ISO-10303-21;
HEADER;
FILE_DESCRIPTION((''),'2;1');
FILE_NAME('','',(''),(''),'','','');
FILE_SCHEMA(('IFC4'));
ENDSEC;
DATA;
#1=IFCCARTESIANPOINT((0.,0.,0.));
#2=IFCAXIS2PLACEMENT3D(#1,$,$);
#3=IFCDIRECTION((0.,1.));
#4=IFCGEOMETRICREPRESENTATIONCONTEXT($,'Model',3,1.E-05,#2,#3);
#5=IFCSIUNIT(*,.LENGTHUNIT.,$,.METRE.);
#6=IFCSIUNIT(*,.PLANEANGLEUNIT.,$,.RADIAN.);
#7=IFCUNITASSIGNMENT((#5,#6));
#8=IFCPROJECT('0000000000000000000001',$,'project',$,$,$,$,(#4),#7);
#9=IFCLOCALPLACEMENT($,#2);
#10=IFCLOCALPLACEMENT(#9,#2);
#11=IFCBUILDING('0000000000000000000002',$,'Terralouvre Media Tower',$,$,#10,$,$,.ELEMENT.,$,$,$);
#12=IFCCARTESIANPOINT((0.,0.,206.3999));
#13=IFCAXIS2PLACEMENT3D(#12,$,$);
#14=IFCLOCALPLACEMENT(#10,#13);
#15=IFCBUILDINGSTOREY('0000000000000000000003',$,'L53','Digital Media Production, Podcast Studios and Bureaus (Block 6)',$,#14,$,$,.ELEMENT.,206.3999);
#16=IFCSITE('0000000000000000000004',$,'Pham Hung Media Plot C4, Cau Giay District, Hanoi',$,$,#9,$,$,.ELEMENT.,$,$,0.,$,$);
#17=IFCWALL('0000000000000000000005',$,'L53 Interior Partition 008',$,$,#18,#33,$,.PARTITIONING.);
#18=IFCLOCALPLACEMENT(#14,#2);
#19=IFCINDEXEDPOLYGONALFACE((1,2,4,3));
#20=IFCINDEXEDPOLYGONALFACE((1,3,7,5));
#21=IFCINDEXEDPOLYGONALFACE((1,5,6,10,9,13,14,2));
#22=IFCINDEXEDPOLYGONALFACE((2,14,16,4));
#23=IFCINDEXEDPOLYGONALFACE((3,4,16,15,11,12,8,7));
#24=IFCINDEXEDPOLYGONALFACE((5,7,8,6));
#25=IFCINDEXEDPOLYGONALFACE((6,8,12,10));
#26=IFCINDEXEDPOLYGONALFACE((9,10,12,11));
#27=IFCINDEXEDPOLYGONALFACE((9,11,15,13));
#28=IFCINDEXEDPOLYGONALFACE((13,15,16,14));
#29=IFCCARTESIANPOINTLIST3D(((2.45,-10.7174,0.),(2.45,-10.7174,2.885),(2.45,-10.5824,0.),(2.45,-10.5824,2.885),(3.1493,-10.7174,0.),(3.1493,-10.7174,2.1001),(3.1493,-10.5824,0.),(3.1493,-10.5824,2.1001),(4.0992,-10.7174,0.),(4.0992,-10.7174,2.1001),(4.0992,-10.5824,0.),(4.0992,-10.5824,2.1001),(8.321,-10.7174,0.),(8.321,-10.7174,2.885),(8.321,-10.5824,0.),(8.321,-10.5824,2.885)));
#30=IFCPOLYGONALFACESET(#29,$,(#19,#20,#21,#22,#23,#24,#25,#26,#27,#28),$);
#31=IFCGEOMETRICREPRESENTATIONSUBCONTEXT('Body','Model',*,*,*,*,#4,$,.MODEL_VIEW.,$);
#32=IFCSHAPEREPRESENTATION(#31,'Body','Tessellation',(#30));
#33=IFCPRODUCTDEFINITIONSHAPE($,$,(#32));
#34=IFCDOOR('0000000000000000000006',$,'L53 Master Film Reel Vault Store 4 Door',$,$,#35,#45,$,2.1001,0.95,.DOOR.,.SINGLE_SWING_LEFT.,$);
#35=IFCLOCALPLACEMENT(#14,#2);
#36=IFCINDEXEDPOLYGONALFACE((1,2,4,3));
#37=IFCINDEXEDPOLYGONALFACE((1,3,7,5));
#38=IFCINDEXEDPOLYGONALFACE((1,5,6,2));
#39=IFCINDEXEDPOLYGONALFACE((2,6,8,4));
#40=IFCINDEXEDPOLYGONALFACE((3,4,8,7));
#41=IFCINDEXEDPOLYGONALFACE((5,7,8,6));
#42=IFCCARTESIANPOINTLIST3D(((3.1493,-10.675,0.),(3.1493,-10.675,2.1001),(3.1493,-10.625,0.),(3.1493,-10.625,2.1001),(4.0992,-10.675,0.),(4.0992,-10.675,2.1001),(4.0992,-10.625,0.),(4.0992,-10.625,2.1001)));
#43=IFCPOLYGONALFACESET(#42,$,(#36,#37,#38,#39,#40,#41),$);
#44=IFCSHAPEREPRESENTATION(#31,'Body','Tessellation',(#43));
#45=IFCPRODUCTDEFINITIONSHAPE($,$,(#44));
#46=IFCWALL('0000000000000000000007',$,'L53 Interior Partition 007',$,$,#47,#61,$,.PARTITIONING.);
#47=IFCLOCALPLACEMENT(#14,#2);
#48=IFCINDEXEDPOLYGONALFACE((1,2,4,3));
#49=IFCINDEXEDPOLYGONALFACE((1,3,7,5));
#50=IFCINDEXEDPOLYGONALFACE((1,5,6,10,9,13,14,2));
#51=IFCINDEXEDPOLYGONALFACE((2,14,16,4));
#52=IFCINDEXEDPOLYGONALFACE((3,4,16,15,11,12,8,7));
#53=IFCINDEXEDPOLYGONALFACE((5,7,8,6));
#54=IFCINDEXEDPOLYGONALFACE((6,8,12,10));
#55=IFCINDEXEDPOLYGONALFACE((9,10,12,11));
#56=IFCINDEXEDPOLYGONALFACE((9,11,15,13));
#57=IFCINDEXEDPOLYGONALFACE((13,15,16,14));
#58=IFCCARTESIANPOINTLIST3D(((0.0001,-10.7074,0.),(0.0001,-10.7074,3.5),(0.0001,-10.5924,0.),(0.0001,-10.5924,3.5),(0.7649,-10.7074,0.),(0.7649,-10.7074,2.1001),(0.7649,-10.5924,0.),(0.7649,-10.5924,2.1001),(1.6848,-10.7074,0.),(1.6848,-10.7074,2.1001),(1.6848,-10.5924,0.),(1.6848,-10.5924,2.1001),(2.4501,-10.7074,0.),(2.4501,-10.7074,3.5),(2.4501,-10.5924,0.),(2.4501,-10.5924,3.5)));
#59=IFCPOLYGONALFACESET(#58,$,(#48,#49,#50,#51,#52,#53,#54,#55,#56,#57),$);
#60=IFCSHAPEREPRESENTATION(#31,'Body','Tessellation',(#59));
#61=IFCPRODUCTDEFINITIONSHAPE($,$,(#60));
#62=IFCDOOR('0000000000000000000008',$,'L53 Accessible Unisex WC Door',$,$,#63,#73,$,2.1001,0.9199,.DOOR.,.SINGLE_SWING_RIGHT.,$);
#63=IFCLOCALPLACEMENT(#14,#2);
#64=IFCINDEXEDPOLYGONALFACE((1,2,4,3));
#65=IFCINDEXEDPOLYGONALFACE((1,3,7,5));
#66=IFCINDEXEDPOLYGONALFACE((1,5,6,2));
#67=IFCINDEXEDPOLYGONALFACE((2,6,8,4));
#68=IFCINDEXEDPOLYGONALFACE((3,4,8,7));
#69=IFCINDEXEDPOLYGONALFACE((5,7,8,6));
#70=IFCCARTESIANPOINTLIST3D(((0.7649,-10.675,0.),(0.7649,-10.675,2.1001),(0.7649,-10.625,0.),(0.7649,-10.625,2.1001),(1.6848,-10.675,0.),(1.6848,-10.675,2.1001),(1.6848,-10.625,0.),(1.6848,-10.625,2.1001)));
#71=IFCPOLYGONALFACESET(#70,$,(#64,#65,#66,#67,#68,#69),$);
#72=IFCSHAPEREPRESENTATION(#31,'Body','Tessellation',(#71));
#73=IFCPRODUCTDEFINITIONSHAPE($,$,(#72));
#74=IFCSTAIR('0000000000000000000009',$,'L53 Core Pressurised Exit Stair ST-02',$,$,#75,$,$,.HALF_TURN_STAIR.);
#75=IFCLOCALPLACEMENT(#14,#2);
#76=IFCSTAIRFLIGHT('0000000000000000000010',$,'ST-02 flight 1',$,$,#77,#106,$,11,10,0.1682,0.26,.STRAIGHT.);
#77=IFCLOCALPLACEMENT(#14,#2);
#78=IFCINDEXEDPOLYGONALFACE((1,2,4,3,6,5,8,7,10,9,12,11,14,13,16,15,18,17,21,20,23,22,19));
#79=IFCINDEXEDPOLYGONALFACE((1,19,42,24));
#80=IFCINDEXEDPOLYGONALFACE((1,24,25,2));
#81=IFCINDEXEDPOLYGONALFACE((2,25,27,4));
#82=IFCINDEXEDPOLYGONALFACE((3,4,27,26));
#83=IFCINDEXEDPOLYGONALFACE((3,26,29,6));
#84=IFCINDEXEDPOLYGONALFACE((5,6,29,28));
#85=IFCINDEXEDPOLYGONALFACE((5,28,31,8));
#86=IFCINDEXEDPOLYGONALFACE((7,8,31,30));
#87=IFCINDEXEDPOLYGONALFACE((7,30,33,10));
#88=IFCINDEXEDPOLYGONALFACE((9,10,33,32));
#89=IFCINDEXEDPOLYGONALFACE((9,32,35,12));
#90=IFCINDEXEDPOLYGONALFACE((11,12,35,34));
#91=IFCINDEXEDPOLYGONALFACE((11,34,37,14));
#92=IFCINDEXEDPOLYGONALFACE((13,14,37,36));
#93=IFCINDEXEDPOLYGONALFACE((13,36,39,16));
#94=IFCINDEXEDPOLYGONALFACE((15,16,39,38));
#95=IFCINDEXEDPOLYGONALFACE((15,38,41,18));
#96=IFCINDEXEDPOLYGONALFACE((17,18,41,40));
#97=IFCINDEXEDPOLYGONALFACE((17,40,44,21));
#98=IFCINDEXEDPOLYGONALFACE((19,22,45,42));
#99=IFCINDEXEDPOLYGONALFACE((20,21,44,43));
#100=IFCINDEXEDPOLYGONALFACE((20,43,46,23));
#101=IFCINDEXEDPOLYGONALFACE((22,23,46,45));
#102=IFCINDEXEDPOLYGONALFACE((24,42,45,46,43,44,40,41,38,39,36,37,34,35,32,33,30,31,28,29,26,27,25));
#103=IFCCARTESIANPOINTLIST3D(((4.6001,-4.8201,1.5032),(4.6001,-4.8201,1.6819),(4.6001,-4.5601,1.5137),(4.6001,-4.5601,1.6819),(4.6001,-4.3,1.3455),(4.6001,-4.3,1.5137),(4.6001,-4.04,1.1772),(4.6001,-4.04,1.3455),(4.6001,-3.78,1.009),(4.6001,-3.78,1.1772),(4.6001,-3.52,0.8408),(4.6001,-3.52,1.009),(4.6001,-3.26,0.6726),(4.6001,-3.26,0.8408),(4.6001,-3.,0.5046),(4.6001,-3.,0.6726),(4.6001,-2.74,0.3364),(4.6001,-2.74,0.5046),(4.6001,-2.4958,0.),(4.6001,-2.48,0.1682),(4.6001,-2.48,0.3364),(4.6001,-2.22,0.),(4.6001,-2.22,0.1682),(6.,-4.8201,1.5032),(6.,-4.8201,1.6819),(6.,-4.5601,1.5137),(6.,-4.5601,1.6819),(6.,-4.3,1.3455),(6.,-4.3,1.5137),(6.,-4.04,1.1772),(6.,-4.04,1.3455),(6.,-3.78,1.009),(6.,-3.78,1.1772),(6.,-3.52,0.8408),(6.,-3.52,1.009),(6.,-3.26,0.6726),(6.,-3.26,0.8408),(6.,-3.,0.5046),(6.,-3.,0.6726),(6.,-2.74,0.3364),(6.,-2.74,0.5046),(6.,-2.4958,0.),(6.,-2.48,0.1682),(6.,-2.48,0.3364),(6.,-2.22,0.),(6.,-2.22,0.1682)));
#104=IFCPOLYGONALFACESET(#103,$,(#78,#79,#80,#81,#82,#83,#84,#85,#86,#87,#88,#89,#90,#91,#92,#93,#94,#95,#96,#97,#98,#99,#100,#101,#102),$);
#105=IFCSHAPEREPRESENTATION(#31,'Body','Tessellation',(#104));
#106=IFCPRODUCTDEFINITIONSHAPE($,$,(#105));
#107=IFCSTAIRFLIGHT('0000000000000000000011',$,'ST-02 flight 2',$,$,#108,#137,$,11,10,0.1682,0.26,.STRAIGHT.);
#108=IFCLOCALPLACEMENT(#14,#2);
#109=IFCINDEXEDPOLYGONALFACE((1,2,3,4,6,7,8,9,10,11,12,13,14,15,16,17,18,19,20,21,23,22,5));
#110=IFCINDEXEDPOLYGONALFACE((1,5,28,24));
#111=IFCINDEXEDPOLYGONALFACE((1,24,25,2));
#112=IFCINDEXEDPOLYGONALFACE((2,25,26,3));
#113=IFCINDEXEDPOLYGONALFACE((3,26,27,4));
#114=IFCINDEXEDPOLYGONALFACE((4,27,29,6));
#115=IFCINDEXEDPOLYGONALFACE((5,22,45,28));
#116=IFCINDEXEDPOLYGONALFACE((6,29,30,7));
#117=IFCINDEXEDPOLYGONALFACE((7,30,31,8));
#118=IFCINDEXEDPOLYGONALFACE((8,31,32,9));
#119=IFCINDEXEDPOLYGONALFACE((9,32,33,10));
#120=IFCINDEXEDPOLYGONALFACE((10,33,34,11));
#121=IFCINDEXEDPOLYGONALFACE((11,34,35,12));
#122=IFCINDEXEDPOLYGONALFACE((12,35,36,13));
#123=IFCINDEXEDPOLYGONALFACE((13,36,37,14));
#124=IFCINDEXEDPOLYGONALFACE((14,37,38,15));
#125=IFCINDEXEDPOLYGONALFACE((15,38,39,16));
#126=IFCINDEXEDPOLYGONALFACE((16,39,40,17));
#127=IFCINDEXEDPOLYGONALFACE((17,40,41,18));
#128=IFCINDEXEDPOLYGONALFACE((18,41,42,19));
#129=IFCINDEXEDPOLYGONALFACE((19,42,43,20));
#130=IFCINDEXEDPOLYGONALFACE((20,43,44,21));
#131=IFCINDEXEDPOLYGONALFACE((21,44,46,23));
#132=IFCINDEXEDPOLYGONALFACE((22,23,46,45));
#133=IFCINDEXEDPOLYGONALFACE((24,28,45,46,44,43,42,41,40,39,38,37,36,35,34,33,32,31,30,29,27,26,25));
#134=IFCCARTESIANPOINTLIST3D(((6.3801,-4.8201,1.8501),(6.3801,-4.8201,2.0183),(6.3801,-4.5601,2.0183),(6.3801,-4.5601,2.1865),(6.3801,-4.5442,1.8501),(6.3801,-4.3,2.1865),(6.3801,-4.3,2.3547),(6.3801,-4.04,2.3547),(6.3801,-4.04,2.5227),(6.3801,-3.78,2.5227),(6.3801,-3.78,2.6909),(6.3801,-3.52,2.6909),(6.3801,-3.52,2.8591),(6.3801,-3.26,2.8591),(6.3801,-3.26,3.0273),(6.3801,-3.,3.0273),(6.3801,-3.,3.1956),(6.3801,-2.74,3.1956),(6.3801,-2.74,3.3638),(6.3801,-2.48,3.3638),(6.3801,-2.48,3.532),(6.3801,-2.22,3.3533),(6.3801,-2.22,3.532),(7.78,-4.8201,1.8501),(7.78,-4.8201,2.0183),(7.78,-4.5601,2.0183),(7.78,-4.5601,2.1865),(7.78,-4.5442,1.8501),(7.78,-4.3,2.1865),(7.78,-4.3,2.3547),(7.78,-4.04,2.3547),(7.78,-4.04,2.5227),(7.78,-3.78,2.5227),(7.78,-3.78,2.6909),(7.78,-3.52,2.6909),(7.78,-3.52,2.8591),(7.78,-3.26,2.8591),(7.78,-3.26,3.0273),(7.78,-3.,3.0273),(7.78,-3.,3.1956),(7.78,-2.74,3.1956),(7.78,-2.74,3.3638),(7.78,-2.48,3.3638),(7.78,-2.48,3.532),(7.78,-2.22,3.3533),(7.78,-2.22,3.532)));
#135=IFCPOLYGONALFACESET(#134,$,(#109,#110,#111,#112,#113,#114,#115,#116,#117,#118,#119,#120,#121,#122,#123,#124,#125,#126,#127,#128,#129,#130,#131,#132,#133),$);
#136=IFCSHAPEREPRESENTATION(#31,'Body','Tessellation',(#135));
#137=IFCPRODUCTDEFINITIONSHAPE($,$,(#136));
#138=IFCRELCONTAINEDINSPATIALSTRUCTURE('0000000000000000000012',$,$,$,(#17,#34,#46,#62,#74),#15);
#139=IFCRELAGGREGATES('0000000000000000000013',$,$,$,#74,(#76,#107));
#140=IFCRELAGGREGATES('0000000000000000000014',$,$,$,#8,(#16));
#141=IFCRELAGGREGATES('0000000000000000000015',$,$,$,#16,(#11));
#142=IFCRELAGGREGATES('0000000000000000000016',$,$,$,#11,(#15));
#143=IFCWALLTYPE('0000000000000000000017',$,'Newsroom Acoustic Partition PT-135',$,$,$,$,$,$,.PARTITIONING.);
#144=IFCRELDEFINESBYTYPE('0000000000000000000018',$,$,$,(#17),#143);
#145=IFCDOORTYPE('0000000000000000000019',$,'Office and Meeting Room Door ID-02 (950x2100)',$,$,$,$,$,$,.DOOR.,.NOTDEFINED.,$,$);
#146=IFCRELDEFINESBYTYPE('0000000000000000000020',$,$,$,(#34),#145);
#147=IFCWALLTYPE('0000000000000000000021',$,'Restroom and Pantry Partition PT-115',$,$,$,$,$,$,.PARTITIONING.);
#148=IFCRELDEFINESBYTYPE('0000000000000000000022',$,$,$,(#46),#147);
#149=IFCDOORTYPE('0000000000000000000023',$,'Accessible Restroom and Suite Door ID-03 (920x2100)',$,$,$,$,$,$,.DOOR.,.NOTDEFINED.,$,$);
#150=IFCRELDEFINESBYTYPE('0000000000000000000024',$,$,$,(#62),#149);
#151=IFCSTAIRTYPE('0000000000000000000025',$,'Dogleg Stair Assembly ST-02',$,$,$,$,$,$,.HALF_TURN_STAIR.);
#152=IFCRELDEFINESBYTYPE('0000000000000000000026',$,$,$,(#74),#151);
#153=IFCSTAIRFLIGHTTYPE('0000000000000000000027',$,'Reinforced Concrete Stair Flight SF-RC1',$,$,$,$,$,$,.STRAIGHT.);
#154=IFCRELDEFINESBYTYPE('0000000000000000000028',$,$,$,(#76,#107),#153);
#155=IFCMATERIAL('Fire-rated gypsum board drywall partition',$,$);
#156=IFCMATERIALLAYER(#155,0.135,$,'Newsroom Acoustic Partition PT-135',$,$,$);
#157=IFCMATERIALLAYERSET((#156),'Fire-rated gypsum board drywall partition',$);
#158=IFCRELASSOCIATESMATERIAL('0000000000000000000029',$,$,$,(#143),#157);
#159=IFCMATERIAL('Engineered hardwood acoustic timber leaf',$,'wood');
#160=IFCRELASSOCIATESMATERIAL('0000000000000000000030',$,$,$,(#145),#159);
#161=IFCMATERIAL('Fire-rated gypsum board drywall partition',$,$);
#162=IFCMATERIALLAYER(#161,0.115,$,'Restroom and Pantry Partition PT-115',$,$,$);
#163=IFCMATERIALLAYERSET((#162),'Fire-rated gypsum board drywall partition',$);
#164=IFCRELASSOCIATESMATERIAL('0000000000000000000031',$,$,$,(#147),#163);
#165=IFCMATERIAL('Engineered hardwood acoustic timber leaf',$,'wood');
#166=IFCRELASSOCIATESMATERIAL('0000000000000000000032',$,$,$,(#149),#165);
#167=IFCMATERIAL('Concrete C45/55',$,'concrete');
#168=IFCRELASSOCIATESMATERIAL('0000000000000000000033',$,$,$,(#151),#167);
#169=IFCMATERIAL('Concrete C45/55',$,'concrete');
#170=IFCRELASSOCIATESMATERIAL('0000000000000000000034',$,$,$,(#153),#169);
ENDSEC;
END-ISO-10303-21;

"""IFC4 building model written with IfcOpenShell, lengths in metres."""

from ifc_helpers import new_model, si_unit, direction, frame, frame_2d, origin, place, context, subcontext, project, spatial, polyline, rectangle, outline, extrude, material, layer, layer_set, type_object, element, fill, aggregate, save


model = new_model("IFC4")

# Units and contexts
model_context = context("Model", 3, precision=1e-05, world=origin(), true_north=direction((0.0, 1.0)))
body_context = subcontext(model_context, "Body", "Model", "MODEL_VIEW")
ifc_project = project(units=[si_unit("LENGTHUNIT", "METRE"), si_unit("PLANEANGLEUNIT", "RADIAN")], contexts=[model_context])

# Site, building, storey
site_placement = place(None, origin())
site = spatial("IfcSite", under=ifc_project, at=site_placement, Name="Pham Hung Media Plot C4, Cau Giay District, Hanoi", CompositionType="ELEMENT", RefElevation=0.0)
building_placement = place(site_placement, origin())
building = spatial("IfcBuilding", under=site, at=building_placement, Name="Terralouvre Media Tower", CompositionType="ELEMENT")
storey_placement = place(building_placement, frame((0.0, 0.0, 206.3999)))
storey = spatial("IfcBuildingStorey", under=building, at=storey_placement, Name="L53", Description="Digital Media Production, Podcast Studios and Bureaus (Block 6)", CompositionType="ELEMENT", Elevation=206.3999)

# Walls, openings, doors
ifc_material_1 = material(Name="Fire-rated gypsum board drywall partition")
ifc_layer_1 = layer(ifc_material_1, 0.135, Name="Newsroom Acoustic Partition PT-135")
ifc_layer_set_1 = layer_set([ifc_layer_1], Name="Fire-rated gypsum board drywall partition")
wall_type_1 = type_object("IfcWallType", Name="Newsroom Acoustic Partition PT-135", PredefinedType="PARTITIONING", material=ifc_layer_set_1)
wall_1_placement = place(storey_placement, frame((2.45, -10.6499, 0.0), z_axis=(0.0, 0.0, 1.0), x_axis=(1.0, 0.0, 0.0)))
wall_1 = element("IfcWall", 1, at=wall_1_placement, inside=storey, type_object=wall_type_1, Name="L53 Interior Partition 008", PredefinedType="PARTITIONING", context=body_context, shape_type="SweptSolid", body=[
    extrude(rectangle(XDim=5.8711, YDim=0.135, at=frame_2d((2.9355, 0.0))), origin(), (0.0, 0.0, 1.0), 2.885),
])
opening_1_placement = place(wall_1_placement, frame((0.6992, 0.0, 0.0)))
opening_1 = element("IfcOpeningElement", 2, at=opening_1_placement, cuts=wall_1, PredefinedType="OPENING", context=body_context, shape_type="SweptSolid", body=[
    extrude(rectangle(XDim=0.95, YDim=2.1001, at=frame_2d((0.4751, 1.05))), frame((0.0, 0.0774, 0.0), z_axis=(0.0, -1.0, 0.0), x_axis=(1.0, 0.0, 0.0)), (0.0, 0.0, 1.0), 0.155),
])
ifc_material_2 = material(Name="Engineered hardwood acoustic timber leaf", Category="wood")
door_type_1 = type_object("IfcDoorType", Name="Office and Meeting Room Door ID-02 (950x2100)", OperationType="NOTDEFINED", PredefinedType="DOOR", material=ifc_material_2)
door_1_placement = place(opening_1_placement, origin())
door_1 = element("IfcDoor", 3, at=door_1_placement, inside=storey, type_object=door_type_1, Name="L53 Master Film Reel Vault Store 4 Door", OperationType="SINGLE_SWING_LEFT", OverallHeight=2.1001, OverallWidth=0.95, PredefinedType="DOOR", context=body_context, shape_type="SweptSolid", body=[
    extrude(rectangle(XDim=0.95, YDim=2.1001, at=frame_2d((0.4751, 1.05))), frame((0.0, 0.0249, 0.0), z_axis=(0.0, -1.0, 0.0), x_axis=(1.0, 0.0, 0.0)), (0.0, 0.0, 1.0), 0.05),
])
fill(opening_1, door_1)
ifc_material_3 = material(Name="Fire-rated gypsum board drywall partition")
ifc_layer_2 = layer(ifc_material_3, 0.115, Name="Restroom and Pantry Partition PT-115")
ifc_layer_set_2 = layer_set([ifc_layer_2], Name="Fire-rated gypsum board drywall partition")
wall_type_2 = type_object("IfcWallType", Name="Restroom and Pantry Partition PT-115", PredefinedType="PARTITIONING", material=ifc_layer_set_2)
wall_2_placement = place(storey_placement, frame((0.0, -10.6499, 0.0), z_axis=(0.0, 0.0, 1.0), x_axis=(1.0, 0.0, 0.0)))
wall_2 = element("IfcWall", 4, at=wall_2_placement, inside=storey, type_object=wall_type_2, Name="L53 Interior Partition 007", PredefinedType="PARTITIONING", context=body_context, shape_type="SweptSolid", body=[
    extrude(rectangle(XDim=2.45, YDim=0.115, at=frame_2d((1.2251, 0.0))), origin(), (0.0, 0.0, 1.0), 3.5),
])
opening_2_placement = place(wall_2_placement, frame((0.7649, 0.0, 0.0)))
opening_2 = element("IfcOpeningElement", 5, at=opening_2_placement, cuts=wall_2, PredefinedType="OPENING", context=body_context, shape_type="SweptSolid", body=[
    extrude(rectangle(XDim=0.9199, YDim=2.1001, at=frame_2d((0.46, 1.05))), frame((0.0, 0.0674, 0.0), z_axis=(0.0, -1.0, 0.0), x_axis=(1.0, 0.0, 0.0)), (0.0, 0.0, 1.0), 0.135),
])
ifc_material_4 = material(Name="Engineered hardwood acoustic timber leaf", Category="wood")
door_type_2 = type_object("IfcDoorType", Name="Accessible Restroom and Suite Door ID-03 (920x2100)", OperationType="NOTDEFINED", PredefinedType="DOOR", material=ifc_material_4)
door_2_placement = place(opening_2_placement, origin())
door_2 = element("IfcDoor", 6, at=door_2_placement, inside=storey, type_object=door_type_2, Name="L53 Accessible Unisex WC Door", OperationType="SINGLE_SWING_RIGHT", OverallHeight=2.1001, OverallWidth=0.9199, PredefinedType="DOOR", context=body_context, shape_type="SweptSolid", body=[
    extrude(rectangle(XDim=0.9199, YDim=2.1001, at=frame_2d((0.46, 1.05))), frame((0.0, 0.0249, 0.0), z_axis=(0.0, -1.0, 0.0), x_axis=(1.0, 0.0, 0.0)), (0.0, 0.0, 1.0), 0.05),
])
fill(opening_2, door_2)

# Stair, stair flights
ifc_material_5 = material(Name="Concrete C45/55", Category="concrete")
stair_type = type_object("IfcStairType", Name="Dogleg Stair Assembly ST-02", PredefinedType="HALF_TURN_STAIR", material=ifc_material_5)
stair_placement = place(storey_placement, origin())
stair = element("IfcStair", 7, at=stair_placement, inside=storey, type_object=stair_type, Name="L53 Core Pressurised Exit Stair ST-02", PredefinedType="HALF_TURN_STAIR")
ifc_material_6 = material(Name="Concrete C45/55", Category="concrete")
stair_flight_type = type_object("IfcStairFlightType", Name="Reinforced Concrete Stair Flight SF-RC1", PredefinedType="STRAIGHT", material=ifc_material_6)
stair_flight_1_placement = place(storey_placement, frame((5.3, -2.22, 0.0), z_axis=(0.0, 0.0, 1.0), x_axis=(0.0, -1.0, 0.0)))
stair_flight_1 = element("IfcStairFlight", 8, at=stair_flight_1_placement, type_object=stair_flight_type, Name="ST-02 flight 1", NumberOfRisers=11, NumberOfTreads=10, PredefinedType="STRAIGHT", RiserHeight=0.1682, TreadLength=0.26, context=body_context, shape_type="SweptSolid", body=[
    extrude(outline(polyline([(0.0, 0.0), (0.0, 0.1682), (0.26, 0.1682), (0.26, 0.3364), (0.52, 0.3364), (0.52, 0.5046), (0.78, 0.5046), (0.78, 0.6726), (1.04, 0.6726), (1.04, 0.8408), (1.3, 0.8408), (1.3, 1.009), (1.5601, 1.009), (1.5601, 1.1772), (1.8201, 1.1772), (1.8201, 1.3455), (2.0801, 1.3455), (2.0801, 1.5137), (2.3401, 1.5137), (2.3401, 1.6819), (2.6001, 1.6819), (2.6001, 1.8501), (2.6001, 1.5032), (0.2759, 0.0), (0.0, 0.0)])), frame((0.0, 0.7, 0.0), z_axis=(0.0, -1.0, 0.0), x_axis=(1.0, 0.0, 0.0)), (0.0, 0.0, 1.0), 1.3999),
])
stair_flight_2_placement = place(storey_placement, frame((7.0801, -4.8201, 1.8501), z_axis=(0.0, 0.0, 1.0), x_axis=(0.0, 1.0, 0.0)))
stair_flight_2 = element("IfcStairFlight", 9, at=stair_flight_2_placement, type_object=stair_flight_type, Name="ST-02 flight 2", NumberOfRisers=11, NumberOfTreads=10, PredefinedType="STRAIGHT", RiserHeight=0.1682, TreadLength=0.26, context=body_context, shape_type="SweptSolid", body=[
    extrude(outline(polyline([(0.0, 0.0), (0.0, 0.1682), (0.26, 0.1682), (0.26, 0.3364), (0.52, 0.3364), (0.52, 0.5046), (0.78, 0.5046), (0.78, 0.6726), (1.04, 0.6726), (1.04, 0.8408), (1.3, 0.8408), (1.3, 1.009), (1.5601, 1.009), (1.5601, 1.1772), (1.8201, 1.1772), (1.8201, 1.3455), (2.0801, 1.3455), (2.0801, 1.5137), (2.3401, 1.5137), (2.3401, 1.6819), (2.6001, 1.6819), (2.6001, 1.8501), (2.6001, 1.5032), (0.2759, 0.0), (0.0, 0.0)])), frame((0.0, 0.7, 0.0), z_axis=(0.0, -1.0, 0.0), x_axis=(1.0, 0.0, 0.0)), (0.0, 0.0, 1.0), 1.3999),
])
aggregate(stair, [stair_flight_1, stair_flight_2])

save(model, "model.ifc")
